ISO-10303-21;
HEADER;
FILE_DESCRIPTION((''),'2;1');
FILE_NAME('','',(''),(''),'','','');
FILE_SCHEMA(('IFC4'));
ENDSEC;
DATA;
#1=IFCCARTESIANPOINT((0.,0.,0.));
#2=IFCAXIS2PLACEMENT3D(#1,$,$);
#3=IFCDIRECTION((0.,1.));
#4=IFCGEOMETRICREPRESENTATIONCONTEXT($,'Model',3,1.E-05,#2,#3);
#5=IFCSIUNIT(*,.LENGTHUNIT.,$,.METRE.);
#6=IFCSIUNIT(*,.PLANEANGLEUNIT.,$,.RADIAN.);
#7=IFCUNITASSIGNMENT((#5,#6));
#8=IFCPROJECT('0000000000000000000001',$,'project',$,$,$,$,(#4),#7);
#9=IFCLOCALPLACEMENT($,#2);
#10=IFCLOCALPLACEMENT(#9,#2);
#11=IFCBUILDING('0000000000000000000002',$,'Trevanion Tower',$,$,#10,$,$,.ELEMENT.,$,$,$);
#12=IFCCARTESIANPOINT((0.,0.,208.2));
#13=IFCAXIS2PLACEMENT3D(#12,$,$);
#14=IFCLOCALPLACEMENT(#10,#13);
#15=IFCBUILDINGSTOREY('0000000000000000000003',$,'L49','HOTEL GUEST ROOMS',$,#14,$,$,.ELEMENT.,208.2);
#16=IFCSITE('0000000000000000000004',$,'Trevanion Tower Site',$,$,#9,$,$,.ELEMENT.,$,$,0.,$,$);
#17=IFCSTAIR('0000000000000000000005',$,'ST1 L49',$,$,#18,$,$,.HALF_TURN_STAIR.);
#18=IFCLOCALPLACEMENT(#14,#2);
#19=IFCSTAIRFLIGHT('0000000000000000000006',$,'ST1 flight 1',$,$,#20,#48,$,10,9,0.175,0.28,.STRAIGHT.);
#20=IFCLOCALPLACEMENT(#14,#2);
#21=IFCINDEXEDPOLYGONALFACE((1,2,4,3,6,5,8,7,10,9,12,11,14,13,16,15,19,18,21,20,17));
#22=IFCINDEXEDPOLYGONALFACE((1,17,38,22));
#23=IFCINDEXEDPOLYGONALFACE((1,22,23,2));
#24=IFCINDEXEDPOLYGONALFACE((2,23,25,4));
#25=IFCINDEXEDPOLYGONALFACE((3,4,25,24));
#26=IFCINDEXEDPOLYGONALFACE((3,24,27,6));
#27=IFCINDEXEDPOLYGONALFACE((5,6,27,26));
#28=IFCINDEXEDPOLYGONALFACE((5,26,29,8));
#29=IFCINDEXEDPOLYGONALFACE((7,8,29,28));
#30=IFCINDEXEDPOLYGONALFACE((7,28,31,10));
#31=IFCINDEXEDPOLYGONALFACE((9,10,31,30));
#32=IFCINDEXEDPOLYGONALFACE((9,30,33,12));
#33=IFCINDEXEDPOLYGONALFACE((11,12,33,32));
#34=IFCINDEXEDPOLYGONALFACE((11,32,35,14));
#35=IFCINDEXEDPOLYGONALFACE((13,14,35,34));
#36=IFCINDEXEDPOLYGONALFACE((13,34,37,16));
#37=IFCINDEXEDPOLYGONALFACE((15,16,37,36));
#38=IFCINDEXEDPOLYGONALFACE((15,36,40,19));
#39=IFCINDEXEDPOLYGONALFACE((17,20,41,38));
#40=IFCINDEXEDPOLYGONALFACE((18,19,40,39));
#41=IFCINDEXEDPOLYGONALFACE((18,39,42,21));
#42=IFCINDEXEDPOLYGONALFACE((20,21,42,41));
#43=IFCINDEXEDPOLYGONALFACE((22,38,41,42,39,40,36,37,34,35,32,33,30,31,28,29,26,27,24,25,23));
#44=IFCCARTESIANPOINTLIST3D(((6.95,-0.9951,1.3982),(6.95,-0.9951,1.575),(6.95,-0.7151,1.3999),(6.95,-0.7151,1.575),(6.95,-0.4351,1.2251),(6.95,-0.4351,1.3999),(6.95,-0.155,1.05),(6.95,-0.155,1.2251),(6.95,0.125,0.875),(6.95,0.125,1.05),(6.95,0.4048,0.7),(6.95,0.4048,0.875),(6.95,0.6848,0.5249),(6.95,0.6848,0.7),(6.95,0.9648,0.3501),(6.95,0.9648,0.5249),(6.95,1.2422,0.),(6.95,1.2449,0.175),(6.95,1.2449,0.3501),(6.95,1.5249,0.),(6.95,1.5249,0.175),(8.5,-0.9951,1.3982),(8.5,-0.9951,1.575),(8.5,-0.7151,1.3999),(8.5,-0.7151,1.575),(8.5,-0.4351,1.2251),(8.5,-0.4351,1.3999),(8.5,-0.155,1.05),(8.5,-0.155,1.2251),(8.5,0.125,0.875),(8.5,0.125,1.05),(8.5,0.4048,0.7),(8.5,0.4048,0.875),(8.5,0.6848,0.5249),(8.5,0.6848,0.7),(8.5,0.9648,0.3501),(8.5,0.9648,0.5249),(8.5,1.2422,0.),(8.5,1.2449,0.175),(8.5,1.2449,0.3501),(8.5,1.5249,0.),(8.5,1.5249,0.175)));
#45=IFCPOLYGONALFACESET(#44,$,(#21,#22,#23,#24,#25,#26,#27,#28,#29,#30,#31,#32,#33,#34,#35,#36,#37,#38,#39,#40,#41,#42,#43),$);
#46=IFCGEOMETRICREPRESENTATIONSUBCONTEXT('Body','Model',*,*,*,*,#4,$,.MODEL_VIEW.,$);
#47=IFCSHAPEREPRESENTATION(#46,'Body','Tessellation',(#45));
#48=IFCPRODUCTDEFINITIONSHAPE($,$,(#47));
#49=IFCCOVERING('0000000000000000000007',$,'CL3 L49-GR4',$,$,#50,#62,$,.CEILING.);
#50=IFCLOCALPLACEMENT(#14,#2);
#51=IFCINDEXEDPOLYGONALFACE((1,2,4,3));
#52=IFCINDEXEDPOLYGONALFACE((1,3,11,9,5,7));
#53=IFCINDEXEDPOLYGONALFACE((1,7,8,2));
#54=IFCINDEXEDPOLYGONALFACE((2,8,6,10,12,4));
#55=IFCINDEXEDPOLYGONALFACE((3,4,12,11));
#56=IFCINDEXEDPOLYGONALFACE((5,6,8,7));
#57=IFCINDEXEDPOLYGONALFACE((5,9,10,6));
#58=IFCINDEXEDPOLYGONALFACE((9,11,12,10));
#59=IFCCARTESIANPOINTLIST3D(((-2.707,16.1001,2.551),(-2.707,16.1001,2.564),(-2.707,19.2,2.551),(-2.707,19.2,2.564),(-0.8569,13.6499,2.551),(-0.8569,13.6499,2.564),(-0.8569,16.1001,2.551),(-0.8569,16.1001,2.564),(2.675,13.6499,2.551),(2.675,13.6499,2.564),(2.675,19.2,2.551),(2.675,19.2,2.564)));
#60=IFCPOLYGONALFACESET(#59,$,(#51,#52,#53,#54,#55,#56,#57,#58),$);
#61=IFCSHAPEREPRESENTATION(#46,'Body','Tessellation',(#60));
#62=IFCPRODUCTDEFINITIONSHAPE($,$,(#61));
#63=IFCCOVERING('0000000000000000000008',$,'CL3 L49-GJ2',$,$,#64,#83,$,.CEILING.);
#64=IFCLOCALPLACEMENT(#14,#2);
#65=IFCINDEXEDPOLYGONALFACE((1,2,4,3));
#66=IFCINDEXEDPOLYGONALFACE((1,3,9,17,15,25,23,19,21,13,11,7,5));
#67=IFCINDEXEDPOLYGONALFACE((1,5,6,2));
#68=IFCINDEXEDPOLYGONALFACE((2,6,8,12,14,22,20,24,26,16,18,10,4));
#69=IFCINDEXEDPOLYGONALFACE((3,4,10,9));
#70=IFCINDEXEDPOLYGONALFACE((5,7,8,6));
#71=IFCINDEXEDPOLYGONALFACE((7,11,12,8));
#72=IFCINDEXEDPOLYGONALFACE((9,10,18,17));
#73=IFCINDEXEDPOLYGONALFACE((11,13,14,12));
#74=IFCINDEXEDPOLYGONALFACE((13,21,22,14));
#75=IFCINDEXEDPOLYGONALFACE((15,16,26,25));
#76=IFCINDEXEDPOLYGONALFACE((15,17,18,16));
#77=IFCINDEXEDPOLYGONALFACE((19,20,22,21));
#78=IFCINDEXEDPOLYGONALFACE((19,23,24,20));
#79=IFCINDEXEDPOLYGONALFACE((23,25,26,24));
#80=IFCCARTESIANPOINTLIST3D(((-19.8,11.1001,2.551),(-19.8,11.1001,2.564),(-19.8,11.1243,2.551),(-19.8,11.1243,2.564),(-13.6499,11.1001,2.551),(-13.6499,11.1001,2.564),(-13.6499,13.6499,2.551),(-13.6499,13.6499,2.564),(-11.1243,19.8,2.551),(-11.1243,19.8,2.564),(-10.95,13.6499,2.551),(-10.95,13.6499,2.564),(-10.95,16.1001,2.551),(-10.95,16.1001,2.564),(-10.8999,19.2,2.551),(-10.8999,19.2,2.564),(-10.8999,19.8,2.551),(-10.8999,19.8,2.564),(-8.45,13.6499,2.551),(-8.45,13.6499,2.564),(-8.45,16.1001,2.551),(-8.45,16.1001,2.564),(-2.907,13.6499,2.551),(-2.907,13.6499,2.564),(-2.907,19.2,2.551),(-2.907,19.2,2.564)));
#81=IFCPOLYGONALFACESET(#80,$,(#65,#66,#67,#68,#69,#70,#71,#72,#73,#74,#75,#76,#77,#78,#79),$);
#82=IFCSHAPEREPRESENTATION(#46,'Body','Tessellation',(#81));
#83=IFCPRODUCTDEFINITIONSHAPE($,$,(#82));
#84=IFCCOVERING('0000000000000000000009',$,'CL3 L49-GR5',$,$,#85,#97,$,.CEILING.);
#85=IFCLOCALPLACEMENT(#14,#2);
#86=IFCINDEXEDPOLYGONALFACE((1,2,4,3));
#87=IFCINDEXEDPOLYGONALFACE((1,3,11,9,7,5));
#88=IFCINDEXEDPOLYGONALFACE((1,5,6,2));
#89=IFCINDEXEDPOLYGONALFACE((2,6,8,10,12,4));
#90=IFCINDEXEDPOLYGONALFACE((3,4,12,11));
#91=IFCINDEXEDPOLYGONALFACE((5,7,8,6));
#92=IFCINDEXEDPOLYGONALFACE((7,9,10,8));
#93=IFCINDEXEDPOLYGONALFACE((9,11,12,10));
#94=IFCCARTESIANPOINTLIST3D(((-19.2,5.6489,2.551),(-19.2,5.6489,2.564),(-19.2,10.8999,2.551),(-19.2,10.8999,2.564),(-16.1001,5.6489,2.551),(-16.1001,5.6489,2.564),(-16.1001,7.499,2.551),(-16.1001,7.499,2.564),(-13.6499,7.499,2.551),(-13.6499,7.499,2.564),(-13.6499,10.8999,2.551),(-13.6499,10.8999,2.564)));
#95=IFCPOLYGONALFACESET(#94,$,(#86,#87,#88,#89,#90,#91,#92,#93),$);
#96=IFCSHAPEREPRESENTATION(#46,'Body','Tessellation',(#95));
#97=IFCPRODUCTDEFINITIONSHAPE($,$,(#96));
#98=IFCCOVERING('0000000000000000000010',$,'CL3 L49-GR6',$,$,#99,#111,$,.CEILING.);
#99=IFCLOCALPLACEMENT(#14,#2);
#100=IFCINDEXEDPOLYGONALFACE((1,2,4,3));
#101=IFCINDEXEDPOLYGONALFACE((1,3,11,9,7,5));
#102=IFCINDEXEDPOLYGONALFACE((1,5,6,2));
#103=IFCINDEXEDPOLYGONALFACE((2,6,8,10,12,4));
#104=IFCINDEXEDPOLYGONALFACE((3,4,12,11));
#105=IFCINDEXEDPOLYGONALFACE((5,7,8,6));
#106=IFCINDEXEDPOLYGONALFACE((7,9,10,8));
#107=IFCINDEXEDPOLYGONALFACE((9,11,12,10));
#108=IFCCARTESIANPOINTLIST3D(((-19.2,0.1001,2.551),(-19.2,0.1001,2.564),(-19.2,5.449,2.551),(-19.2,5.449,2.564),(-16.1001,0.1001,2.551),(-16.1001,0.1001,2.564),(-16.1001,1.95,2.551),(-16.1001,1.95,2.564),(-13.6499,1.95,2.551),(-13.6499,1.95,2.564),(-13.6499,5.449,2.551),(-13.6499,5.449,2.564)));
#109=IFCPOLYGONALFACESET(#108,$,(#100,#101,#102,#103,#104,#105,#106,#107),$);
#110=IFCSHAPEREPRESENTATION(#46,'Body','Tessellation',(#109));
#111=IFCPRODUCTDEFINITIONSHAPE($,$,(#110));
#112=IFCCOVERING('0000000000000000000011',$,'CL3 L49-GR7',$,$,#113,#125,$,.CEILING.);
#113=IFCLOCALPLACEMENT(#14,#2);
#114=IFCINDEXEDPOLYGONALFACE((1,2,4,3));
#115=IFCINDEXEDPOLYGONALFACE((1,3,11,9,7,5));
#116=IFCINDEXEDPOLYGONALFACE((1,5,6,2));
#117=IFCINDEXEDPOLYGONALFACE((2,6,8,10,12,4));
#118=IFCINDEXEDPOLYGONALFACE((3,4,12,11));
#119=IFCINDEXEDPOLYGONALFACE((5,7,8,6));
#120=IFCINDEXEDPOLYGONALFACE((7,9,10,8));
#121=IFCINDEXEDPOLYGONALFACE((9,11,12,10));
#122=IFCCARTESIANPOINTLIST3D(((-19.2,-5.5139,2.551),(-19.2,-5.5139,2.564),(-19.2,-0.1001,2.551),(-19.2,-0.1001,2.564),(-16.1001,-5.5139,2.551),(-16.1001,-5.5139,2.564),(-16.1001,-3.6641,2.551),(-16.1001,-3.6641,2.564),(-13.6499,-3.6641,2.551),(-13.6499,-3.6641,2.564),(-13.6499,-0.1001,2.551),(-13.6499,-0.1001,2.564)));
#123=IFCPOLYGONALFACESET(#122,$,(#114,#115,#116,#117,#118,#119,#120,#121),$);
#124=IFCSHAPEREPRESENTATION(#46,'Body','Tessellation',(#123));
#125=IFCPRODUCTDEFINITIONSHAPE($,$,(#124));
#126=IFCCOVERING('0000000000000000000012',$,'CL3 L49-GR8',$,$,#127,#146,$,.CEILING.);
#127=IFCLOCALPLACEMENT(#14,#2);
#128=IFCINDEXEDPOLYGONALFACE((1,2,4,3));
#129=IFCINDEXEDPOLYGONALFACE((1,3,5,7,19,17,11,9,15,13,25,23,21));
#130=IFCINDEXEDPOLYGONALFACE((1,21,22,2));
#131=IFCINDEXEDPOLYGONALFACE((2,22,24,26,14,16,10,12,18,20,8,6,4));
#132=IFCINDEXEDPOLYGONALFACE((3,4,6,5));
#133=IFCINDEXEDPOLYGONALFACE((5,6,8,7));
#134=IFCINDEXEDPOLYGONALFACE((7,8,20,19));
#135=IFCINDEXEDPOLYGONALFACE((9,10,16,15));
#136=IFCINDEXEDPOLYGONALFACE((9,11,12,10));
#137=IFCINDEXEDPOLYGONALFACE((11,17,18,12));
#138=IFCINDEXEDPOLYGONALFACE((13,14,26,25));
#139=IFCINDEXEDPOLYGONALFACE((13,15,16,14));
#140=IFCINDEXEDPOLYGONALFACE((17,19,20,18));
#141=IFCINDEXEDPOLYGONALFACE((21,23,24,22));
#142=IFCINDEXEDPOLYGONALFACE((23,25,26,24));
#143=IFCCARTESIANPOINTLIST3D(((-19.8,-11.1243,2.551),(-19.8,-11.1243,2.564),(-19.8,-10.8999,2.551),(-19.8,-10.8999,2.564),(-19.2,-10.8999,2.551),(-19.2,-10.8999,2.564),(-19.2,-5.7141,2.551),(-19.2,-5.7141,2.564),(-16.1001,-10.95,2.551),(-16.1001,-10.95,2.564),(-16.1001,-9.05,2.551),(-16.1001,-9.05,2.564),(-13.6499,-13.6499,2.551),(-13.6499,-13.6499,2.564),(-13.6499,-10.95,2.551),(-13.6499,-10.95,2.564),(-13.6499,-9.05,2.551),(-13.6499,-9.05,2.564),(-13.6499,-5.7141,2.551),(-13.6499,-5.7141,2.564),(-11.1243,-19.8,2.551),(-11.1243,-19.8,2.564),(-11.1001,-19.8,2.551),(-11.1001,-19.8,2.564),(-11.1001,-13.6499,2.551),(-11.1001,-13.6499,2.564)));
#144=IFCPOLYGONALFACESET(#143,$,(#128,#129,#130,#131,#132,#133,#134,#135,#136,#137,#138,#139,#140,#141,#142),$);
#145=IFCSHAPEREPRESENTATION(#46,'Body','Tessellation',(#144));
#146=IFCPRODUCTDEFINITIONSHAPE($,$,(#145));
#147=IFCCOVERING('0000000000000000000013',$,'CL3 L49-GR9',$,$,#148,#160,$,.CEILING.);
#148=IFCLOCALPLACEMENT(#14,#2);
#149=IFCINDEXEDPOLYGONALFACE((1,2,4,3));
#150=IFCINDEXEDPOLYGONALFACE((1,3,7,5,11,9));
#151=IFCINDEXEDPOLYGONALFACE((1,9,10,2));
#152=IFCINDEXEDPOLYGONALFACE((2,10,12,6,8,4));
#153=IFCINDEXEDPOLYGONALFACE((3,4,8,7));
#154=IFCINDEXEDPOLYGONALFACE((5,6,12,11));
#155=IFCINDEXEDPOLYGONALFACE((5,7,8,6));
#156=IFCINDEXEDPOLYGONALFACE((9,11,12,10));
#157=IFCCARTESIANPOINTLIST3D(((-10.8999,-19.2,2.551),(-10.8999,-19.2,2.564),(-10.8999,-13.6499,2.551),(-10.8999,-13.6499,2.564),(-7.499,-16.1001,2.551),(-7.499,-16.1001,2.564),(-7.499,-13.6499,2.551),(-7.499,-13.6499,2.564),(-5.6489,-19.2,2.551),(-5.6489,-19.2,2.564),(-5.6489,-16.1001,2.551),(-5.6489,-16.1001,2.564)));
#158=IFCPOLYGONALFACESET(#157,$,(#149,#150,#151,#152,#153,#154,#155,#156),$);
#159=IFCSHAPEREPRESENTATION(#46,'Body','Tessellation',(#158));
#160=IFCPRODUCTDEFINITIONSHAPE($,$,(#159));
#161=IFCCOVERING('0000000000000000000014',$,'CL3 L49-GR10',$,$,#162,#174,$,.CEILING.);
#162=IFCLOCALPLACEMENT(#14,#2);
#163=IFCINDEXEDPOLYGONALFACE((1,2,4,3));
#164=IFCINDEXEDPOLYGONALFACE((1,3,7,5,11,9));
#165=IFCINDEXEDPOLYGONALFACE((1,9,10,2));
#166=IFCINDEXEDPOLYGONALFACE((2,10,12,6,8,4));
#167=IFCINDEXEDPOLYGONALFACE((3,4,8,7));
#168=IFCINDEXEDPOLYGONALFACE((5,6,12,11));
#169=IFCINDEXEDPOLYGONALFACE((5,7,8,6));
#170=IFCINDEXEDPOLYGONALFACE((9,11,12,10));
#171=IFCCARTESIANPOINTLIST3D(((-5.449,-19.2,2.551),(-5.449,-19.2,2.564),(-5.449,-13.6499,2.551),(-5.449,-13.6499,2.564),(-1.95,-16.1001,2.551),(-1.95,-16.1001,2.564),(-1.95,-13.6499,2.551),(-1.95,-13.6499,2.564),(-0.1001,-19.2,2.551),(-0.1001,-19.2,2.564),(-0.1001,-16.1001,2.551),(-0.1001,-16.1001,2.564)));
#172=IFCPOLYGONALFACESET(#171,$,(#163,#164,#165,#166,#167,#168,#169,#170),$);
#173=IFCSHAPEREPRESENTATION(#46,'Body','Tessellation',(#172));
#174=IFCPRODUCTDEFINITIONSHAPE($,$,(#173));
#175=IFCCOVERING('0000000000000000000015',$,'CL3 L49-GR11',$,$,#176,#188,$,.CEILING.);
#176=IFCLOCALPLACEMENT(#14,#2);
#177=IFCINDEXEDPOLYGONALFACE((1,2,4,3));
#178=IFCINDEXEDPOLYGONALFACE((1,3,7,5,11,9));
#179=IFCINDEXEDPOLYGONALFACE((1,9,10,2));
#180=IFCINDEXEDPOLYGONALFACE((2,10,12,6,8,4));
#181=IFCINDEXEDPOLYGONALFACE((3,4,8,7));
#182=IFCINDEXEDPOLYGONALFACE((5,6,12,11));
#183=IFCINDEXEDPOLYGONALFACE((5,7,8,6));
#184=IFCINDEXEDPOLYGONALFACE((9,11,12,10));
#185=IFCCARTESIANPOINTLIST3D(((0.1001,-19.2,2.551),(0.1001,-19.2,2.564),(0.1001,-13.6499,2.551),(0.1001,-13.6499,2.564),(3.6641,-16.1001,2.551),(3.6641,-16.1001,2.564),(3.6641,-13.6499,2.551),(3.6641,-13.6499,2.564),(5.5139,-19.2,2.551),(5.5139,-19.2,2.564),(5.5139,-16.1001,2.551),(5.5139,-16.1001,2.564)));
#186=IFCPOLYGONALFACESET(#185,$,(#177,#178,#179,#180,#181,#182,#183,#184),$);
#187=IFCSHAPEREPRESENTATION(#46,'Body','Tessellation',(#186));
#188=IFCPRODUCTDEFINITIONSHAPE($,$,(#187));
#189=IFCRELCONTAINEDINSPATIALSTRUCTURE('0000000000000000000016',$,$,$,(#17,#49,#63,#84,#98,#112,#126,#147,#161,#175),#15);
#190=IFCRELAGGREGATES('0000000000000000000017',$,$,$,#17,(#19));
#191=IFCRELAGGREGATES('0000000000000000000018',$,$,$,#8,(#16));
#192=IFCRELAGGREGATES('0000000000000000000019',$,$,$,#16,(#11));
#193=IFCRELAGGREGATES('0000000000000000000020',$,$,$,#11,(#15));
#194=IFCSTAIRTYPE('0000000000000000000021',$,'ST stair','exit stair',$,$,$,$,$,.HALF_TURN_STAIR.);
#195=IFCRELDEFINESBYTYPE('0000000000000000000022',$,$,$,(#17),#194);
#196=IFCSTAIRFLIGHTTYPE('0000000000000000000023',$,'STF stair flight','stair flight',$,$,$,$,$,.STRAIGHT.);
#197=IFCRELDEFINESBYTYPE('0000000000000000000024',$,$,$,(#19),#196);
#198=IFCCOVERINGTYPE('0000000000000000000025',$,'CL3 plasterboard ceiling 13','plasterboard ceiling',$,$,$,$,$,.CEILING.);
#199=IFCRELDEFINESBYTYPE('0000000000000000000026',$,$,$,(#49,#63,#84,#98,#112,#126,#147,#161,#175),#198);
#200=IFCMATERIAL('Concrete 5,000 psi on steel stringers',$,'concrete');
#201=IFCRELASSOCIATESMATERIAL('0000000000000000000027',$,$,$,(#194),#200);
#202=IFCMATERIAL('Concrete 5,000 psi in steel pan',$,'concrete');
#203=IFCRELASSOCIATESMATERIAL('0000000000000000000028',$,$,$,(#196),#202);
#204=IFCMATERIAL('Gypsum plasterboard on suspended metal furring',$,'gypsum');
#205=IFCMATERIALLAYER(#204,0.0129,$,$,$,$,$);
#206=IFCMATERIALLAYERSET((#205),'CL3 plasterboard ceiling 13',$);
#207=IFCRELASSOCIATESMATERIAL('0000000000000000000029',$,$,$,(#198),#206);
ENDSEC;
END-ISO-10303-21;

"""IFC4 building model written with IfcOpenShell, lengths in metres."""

from ifc_helpers import new_model, si_unit, direction, frame, origin, place, context, subcontext, project, spatial, polyline, outline, extrude, material, layer, layer_set, type_object, element, aggregate, save


model = new_model("IFC4")

# Units and contexts
model_context = context("Model", 3, precision=1e-05, world=origin(), true_north=direction((0.0, 1.0)))
body_context = subcontext(model_context, "Body", "Model", "MODEL_VIEW")
ifc_project = project(units=[si_unit("LENGTHUNIT", "METRE"), si_unit("PLANEANGLEUNIT", "RADIAN")], contexts=[model_context])

# Site, building, storey
site_placement = place(None, origin())
site = spatial("IfcSite", under=ifc_project, at=site_placement, Name="Trevanion Tower Site", CompositionType="ELEMENT", RefElevation=0.0)
building_placement = place(site_placement, origin())
building = spatial("IfcBuilding", under=site, at=building_placement, Name="Trevanion Tower", CompositionType="ELEMENT")
storey_placement = place(building_placement, frame((0.0, 0.0, 208.2)))
storey = spatial("IfcBuildingStorey", under=building, at=storey_placement, Name="L49", Description="HOTEL GUEST ROOMS", CompositionType="ELEMENT", Elevation=208.2)

# Stair, stair flight
ifc_material_1 = material(Name="Concrete 5,000 psi on steel stringers", Category="concrete")
stair_type = type_object("IfcStairType", Name="ST stair", Description="exit stair", PredefinedType="HALF_TURN_STAIR", material=ifc_material_1)
stair_placement = place(storey_placement, origin())
stair = element("IfcStair", 1, at=stair_placement, inside=storey, type_object=stair_type, Name="ST1 L49", PredefinedType="HALF_TURN_STAIR")
ifc_material_2 = material(Name="Concrete 5,000 psi in steel pan", Category="concrete")
stair_flight_type = type_object("IfcStairFlightType", Name="STF stair flight", Description="stair flight", PredefinedType="STRAIGHT", material=ifc_material_2)
stair_flight_placement = place(storey_placement, frame((7.7251, 1.5249, 0.0), z_axis=(0.0, 0.0, 1.0), x_axis=(0.0, -1.0, 0.0)))
stair_flight = element("IfcStairFlight", 2, at=stair_flight_placement, type_object=stair_flight_type, Name="ST1 flight 1", NumberOfRisers=10, NumberOfTreads=9, PredefinedType="STRAIGHT", RiserHeight=0.175, TreadLength=0.28, context=body_context, shape_type="SweptSolid", body=[
    extrude(outline(polyline([(0.0, 0.0), (0.0, 0.175), (0.28, 0.175), (0.28, 0.3501), (0.5601, 0.3501), (0.5601, 0.5249), (0.8401, 0.5249), (0.8401, 0.7), (1.1201, 0.7), (1.1201, 0.875), (1.3999, 0.875), (1.3999, 1.05), (1.6799, 1.05), (1.6799, 1.2251), (1.96, 1.2251), (1.96, 1.3999), (2.24, 1.3999), (2.24, 1.575), (2.52, 1.575), (2.52, 1.75), (2.52, 1.3982), (0.2827, 0.0), (0.0, 0.0)])), frame((0.0, 0.7749, 0.0), z_axis=(0.0, -1.0, 0.0), x_axis=(1.0, 0.0, 0.0)), (0.0, 0.0, 1.0), 1.55),
])
aggregate(stair, [stair_flight])

# Coverings
ifc_material_3 = material(Name="Gypsum plasterboard on suspended metal furring", Category="gypsum")
ifc_layer_1 = layer(ifc_material_3, 0.0129)
ifc_layer_set_1 = layer_set([ifc_layer_1], Name="CL3 plasterboard ceiling 13")
covering_type_1 = type_object("IfcCoveringType", Name="CL3 plasterboard ceiling 13", Description="plasterboard ceiling", PredefinedType="CEILING", material=ifc_layer_set_1)
covering_1_placement = place(storey_placement, frame((0.0, 0.0, 2.551)))
element("IfcCovering", 3, at=covering_1_placement, inside=storey, type_object=covering_type_1, Name="CL3 L49-GR4", PredefinedType="CEILING", context=body_context, shape_type="SweptSolid", body=[
    extrude(outline(polyline([(-0.8569, 13.6499), (-0.8569, 16.1001), (-2.707, 16.1001), (-2.707, 19.2), (2.675, 19.2), (2.675, 13.6499), (-0.8569, 13.6499)])), origin(), (0.0, 0.0, 1.0), 0.0129),
])
covering_2_placement = place(storey_placement, frame((0.0, 0.0, 2.551)))
element("IfcCovering", 4, at=covering_2_placement, inside=storey, type_object=covering_type_1, Name="CL3 L49-GJ2", PredefinedType="CEILING", context=body_context, shape_type="SweptSolid", body=[
    extrude(outline(polyline([(-13.6499, 11.1001), (-19.8, 11.1001), (-19.8, 11.1243), (-11.1243, 19.8), (-10.8999, 19.8), (-10.8999, 19.2), (-2.907, 19.2), (-2.907, 13.6499), (-8.45, 13.6499), (-8.45, 16.1001), (-10.95, 16.1001), (-10.95, 13.6499), (-13.6499, 13.6499), (-13.6499, 11.1001)])), origin(), (0.0, 0.0, 1.0), 0.0129),
])
covering_3_placement = place(storey_placement, frame((0.0, 0.0, 2.551)))
element("IfcCovering", 5, at=covering_3_placement, inside=storey, type_object=covering_type_1, Name="CL3 L49-GR5", PredefinedType="CEILING", context=body_context, shape_type="SweptSolid", body=[
    extrude(outline(polyline([(-13.6499, 7.499), (-16.1001, 7.499), (-16.1001, 5.6489), (-19.2, 5.6489), (-19.2, 10.8999), (-13.6499, 10.8999), (-13.6499, 7.499)])), origin(), (0.0, 0.0, 1.0), 0.0129),
])
covering_4_placement = place(storey_placement, frame((0.0, 0.0, 2.551)))
element("IfcCovering", 6, at=covering_4_placement, inside=storey, type_object=covering_type_1, Name="CL3 L49-GR6", PredefinedType="CEILING", context=body_context, shape_type="SweptSolid", body=[
    extrude(outline(polyline([(-13.6499, 1.95), (-16.1001, 1.95), (-16.1001, 0.1001), (-19.2, 0.1001), (-19.2, 5.449), (-13.6499, 5.449), (-13.6499, 1.95)])), origin(), (0.0, 0.0, 1.0), 0.0129),
])
covering_5_placement = place(storey_placement, frame((0.0, 0.0, 2.551)))
element("IfcCovering", 7, at=covering_5_placement, inside=storey, type_object=covering_type_1, Name="CL3 L49-GR7", PredefinedType="CEILING", context=body_context, shape_type="SweptSolid", body=[
    extrude(outline(polyline([(-13.6499, -3.6641), (-16.1001, -3.6641), (-16.1001, -5.5139), (-19.2, -5.5139), (-19.2, -0.1001), (-13.6499, -0.1001), (-13.6499, -3.6641)])), origin(), (0.0, 0.0, 1.0), 0.0129),
])
covering_6_placement = place(storey_placement, frame((0.0, 0.0, 2.551)))
element("IfcCovering", 8, at=covering_6_placement, inside=storey, type_object=covering_type_1, Name="CL3 L49-GR8", PredefinedType="CEILING", context=body_context, shape_type="SweptSolid", body=[
    extrude(outline(polyline([(-11.1001, -13.6499), (-11.1001, -19.8), (-11.1243, -19.8), (-19.8, -11.1243), (-19.8, -10.8999), (-19.2, -10.8999), (-19.2, -5.7141), (-13.6499, -5.7141), (-13.6499, -9.05), (-16.1001, -9.05), (-16.1001, -10.95), (-13.6499, -10.95), (-13.6499, -13.6499), (-11.1001, -13.6499)])), origin(), (0.0, 0.0, 1.0), 0.0129),
])
covering_7_placement = place(storey_placement, frame((0.0, 0.0, 2.551)))
element("IfcCovering", 9, at=covering_7_placement, inside=storey, type_object=covering_type_1, Name="CL3 L49-GR9", PredefinedType="CEILING", context=body_context, shape_type="SweptSolid", body=[
    extrude(outline(polyline([(-7.499, -13.6499), (-7.499, -16.1001), (-5.6489, -16.1001), (-5.6489, -19.2), (-10.8999, -19.2), (-10.8999, -13.6499), (-7.499, -13.6499)])), origin(), (0.0, 0.0, 1.0), 0.0129),
])
covering_8_placement = place(storey_placement, frame((0.0, 0.0, 2.551)))
element("IfcCovering", 10, at=covering_8_placement, inside=storey, type_object=covering_type_1, Name="CL3 L49-GR10", PredefinedType="CEILING", context=body_context, shape_type="SweptSolid", body=[
    extrude(outline(polyline([(-1.95, -13.6499), (-1.95, -16.1001), (-0.1001, -16.1001), (-0.1001, -19.2), (-5.449, -19.2), (-5.449, -13.6499), (-1.95, -13.6499)])), origin(), (0.0, 0.0, 1.0), 0.0129),
])
covering_9_placement = place(storey_placement, frame((0.0, 0.0, 2.551)))
element("IfcCovering", 11, at=covering_9_placement, inside=storey, type_object=covering_type_1, Name="CL3 L49-GR11", PredefinedType="CEILING", context=body_context, shape_type="SweptSolid", body=[
    extrude(outline(polyline([(3.6641, -13.6499), (3.6641, -16.1001), (5.5139, -16.1001), (5.5139, -19.2), (0.1001, -19.2), (0.1001, -13.6499), (3.6641, -13.6499)])), origin(), (0.0, 0.0, 1.0), 0.0129),
])

save(model, "model.ifc")
